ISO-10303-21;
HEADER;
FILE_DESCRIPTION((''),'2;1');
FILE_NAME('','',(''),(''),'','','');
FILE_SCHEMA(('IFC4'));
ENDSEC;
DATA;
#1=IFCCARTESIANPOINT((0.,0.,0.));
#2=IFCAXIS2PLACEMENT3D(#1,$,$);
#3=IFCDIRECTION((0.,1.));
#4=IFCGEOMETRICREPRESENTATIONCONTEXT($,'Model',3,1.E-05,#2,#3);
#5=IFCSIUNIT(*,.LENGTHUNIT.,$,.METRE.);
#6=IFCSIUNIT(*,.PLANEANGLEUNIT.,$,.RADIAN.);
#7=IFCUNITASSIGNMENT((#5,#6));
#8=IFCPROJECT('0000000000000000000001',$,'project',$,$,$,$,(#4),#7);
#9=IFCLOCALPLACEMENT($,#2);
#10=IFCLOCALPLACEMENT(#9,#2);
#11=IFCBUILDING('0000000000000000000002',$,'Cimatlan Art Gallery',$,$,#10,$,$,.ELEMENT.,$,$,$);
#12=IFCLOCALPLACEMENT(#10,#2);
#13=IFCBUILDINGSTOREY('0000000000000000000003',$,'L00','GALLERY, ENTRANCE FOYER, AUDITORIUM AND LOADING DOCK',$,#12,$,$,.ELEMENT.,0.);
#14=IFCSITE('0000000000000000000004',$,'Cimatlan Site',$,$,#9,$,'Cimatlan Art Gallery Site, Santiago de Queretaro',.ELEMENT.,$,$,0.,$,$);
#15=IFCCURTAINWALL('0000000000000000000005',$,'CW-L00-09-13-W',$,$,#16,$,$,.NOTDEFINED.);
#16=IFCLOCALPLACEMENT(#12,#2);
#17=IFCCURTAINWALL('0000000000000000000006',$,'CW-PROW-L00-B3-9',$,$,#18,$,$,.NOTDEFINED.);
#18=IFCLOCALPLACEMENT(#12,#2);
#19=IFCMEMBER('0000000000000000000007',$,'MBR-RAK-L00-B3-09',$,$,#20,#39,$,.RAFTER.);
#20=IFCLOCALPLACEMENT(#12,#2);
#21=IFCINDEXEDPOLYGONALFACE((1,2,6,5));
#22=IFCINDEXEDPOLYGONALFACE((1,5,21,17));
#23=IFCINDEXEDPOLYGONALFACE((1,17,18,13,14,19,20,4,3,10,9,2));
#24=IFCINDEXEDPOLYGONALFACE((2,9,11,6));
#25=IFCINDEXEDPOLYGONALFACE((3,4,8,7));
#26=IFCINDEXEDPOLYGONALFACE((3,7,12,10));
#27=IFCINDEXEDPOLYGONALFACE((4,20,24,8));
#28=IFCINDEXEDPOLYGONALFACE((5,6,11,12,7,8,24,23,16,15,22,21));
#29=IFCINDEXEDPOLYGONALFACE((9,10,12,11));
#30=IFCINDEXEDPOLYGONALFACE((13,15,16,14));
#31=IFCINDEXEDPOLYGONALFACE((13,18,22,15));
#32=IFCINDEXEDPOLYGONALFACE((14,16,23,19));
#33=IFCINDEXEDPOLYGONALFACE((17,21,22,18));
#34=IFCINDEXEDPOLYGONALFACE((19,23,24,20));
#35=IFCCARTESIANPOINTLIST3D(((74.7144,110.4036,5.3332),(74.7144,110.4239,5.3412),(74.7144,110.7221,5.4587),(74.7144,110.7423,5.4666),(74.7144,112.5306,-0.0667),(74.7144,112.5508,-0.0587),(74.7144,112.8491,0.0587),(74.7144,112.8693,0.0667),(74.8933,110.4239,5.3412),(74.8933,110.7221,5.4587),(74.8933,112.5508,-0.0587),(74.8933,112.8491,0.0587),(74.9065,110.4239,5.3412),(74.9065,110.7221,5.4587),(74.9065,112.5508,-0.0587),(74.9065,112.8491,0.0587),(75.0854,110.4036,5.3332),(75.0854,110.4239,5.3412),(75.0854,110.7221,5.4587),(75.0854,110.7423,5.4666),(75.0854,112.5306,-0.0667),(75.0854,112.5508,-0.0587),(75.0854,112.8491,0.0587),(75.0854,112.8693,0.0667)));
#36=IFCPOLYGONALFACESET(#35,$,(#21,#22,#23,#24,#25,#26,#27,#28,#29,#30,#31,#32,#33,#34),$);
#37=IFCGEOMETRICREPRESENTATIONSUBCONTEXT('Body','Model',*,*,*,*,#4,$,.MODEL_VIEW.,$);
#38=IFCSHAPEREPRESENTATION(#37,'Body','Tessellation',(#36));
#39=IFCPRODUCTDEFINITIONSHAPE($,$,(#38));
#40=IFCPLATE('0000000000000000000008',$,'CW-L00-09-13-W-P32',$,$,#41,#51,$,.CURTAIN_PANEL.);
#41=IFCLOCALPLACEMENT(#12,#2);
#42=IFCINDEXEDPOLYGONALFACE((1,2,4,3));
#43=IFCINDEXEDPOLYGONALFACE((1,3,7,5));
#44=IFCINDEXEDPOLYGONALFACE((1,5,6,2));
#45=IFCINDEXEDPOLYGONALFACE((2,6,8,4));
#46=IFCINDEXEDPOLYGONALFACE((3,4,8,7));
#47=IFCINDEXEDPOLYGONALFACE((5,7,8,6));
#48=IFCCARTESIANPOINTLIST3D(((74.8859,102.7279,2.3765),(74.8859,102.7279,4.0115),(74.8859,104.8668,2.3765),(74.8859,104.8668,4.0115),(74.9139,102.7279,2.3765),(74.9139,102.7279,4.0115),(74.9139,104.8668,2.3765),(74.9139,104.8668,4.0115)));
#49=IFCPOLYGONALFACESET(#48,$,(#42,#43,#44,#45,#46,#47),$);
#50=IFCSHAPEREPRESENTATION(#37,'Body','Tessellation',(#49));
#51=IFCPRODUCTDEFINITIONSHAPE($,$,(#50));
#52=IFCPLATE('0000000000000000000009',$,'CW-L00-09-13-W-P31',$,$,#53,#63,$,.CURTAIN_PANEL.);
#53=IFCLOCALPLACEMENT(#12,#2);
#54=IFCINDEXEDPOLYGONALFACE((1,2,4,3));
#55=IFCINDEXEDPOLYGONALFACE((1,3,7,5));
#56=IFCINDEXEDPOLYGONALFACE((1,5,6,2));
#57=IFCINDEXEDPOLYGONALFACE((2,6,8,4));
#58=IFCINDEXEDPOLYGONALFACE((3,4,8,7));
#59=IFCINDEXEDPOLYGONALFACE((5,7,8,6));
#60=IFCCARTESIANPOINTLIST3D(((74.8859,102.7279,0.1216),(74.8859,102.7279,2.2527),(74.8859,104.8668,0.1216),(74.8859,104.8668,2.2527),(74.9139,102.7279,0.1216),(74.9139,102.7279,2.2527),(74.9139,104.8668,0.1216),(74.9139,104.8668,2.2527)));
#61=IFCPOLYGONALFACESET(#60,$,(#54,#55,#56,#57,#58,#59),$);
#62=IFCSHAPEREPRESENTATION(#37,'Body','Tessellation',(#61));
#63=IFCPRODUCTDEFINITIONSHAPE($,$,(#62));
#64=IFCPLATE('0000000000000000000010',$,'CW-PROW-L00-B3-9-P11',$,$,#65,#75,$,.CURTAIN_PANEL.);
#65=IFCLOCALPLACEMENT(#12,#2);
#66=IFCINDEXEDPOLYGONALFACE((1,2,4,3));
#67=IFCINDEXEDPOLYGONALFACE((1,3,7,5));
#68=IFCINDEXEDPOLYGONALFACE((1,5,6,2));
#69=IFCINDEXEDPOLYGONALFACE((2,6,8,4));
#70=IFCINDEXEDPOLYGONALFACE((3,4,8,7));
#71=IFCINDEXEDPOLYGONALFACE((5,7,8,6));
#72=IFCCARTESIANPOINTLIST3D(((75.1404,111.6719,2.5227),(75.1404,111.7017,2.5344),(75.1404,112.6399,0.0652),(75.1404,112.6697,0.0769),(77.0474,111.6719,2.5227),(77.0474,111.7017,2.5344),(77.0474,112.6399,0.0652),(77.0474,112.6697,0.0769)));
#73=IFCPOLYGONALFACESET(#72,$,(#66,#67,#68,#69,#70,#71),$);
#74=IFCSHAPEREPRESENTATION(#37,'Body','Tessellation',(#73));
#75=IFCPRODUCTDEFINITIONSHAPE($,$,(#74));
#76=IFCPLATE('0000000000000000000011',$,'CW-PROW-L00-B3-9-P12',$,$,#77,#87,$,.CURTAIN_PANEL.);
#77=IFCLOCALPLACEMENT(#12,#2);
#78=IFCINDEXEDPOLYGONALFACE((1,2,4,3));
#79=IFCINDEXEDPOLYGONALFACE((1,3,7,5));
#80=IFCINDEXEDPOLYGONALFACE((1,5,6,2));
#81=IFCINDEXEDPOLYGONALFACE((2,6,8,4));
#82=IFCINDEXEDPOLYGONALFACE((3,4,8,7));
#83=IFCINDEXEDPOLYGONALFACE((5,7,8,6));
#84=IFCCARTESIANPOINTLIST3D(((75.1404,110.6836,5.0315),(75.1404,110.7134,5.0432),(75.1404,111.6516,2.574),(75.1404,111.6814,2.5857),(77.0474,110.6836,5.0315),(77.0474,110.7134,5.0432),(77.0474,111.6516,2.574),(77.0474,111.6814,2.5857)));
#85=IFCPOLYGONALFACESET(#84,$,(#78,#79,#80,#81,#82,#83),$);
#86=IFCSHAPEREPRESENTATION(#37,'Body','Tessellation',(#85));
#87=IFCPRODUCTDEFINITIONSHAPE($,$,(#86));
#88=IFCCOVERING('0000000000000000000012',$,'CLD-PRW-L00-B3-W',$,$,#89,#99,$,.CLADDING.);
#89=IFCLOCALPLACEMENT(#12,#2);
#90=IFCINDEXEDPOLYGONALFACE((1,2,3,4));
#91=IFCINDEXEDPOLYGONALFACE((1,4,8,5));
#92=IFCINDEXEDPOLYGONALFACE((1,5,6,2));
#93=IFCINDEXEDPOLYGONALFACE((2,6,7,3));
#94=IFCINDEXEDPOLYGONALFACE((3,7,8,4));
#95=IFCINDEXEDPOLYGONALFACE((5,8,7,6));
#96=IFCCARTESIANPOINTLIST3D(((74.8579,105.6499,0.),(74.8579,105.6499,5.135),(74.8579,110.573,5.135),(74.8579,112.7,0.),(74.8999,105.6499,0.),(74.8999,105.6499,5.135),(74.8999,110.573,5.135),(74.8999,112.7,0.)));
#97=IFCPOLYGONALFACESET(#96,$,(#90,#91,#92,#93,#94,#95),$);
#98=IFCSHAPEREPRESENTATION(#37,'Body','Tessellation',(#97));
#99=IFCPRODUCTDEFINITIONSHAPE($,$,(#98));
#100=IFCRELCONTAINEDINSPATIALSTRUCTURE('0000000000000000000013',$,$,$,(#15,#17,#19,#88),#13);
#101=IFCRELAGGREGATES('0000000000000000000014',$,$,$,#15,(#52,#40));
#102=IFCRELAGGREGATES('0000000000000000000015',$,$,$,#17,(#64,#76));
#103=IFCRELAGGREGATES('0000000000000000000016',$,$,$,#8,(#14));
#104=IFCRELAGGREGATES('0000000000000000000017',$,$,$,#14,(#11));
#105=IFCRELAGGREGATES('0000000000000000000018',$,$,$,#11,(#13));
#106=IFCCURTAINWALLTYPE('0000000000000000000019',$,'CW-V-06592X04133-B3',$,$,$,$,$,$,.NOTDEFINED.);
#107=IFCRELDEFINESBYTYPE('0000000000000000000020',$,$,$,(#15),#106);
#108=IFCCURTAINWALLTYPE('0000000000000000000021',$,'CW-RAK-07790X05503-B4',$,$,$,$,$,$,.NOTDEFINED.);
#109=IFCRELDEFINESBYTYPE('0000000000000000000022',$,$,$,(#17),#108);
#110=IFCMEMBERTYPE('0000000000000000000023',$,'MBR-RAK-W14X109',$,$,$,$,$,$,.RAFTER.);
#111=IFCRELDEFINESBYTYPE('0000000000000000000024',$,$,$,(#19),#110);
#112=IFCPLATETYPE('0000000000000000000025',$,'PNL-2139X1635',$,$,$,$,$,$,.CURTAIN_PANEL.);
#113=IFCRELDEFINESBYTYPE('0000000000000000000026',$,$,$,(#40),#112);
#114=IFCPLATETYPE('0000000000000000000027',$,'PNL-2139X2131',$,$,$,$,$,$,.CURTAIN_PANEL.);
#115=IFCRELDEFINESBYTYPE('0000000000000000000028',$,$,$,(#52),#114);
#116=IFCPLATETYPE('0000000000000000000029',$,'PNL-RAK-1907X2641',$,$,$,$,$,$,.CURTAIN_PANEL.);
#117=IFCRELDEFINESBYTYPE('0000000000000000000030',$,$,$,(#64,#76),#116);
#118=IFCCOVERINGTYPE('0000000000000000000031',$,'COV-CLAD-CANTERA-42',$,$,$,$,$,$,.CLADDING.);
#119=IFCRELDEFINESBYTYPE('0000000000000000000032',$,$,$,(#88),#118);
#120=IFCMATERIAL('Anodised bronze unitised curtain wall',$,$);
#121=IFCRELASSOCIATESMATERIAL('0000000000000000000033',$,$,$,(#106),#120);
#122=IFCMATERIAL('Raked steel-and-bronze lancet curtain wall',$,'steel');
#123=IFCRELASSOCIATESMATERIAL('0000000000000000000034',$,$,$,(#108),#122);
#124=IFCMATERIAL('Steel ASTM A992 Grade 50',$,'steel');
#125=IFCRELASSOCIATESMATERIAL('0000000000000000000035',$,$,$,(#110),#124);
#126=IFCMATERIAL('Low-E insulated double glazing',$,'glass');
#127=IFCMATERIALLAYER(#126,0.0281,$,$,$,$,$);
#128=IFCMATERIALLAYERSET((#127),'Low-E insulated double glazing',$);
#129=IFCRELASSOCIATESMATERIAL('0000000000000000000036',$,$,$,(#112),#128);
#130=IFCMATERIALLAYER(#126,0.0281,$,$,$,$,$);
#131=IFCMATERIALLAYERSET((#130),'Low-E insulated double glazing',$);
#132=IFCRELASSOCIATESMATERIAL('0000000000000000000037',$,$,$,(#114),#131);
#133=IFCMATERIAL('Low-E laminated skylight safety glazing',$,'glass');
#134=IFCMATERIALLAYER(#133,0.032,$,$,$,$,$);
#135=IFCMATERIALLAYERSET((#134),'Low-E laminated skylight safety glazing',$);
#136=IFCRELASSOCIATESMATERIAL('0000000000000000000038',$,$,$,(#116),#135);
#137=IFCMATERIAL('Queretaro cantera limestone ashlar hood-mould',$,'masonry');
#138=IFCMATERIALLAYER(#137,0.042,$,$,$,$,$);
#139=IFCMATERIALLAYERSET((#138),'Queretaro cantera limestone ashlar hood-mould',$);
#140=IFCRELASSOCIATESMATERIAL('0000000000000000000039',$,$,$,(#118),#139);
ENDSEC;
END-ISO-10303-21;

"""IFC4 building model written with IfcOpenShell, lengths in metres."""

from ifc_helpers import new_model, si_unit, direction, frame, origin, origin_2d, place, context, subcontext, project, spatial, polyline, rectangle, i_section, outline, extrude, material, layer, layer_set, material_profile, profile_set, type_object, element, aggregate, save


model = new_model("IFC4")

# Units and contexts
model_context = context("Model", 3, precision=1e-05, world=origin(), true_north=direction((0.0, 1.0)))
body_context = subcontext(model_context, "Body", "Model", "MODEL_VIEW")
ifc_project = project(units=[si_unit("LENGTHUNIT", "METRE"), si_unit("PLANEANGLEUNIT", "RADIAN")], contexts=[model_context])

# Site, building, storey
site_placement = place(None, origin())
site = spatial("IfcSite", under=ifc_project, at=site_placement, Name="Cimatlan Site", LongName="Cimatlan Art Gallery Site, Santiago de Queretaro", CompositionType="ELEMENT", RefElevation=0.0)
building_placement = place(site_placement, origin())
building = spatial("IfcBuilding", under=site, at=building_placement, Name="Cimatlan Art Gallery", CompositionType="ELEMENT")
storey_placement = place(building_placement, origin())
storey = spatial("IfcBuildingStorey", under=building, at=storey_placement, Name="L00", Description="GALLERY, ENTRANCE FOYER, AUDITORIUM AND LOADING DOCK", CompositionType="ELEMENT", Elevation=0.0)

# Shared definitions
ifc_material_1 = material(Name="Steel ASTM A992 Grade 50", Category="steel")

# Curtain walls
ifc_material_2 = material(Name="Anodised bronze unitised curtain wall")
curtain_wall_type_1 = type_object("IfcCurtainWallType", Name="CW-V-06592X04133-B3", PredefinedType="NOTDEFINED", material=ifc_material_2)
curtain_wall_1_placement = place(storey_placement, origin())
curtain_wall_1 = element("IfcCurtainWall", 1, at=curtain_wall_1_placement, inside=storey, type_object=curtain_wall_type_1, Name="CW-L00-09-13-W", PredefinedType="NOTDEFINED")
ifc_material_3 = material(Name="Raked steel-and-bronze lancet curtain wall", Category="steel")
curtain_wall_type_2 = type_object("IfcCurtainWallType", Name="CW-RAK-07790X05503-B4", PredefinedType="NOTDEFINED", material=ifc_material_3)
curtain_wall_2_placement = place(storey_placement, origin())
curtain_wall_2 = element("IfcCurtainWall", 2, at=curtain_wall_2_placement, inside=storey, type_object=curtain_wall_type_2, Name="CW-PROW-L00-B3-9", PredefinedType="NOTDEFINED")

# Member
ifc_material_profile_1 = material_profile(ifc_material_1, i_section(OverallWidth=0.3711, OverallDepth=0.364, WebThickness=0.0132, FlangeThickness=0.0217, at=origin_2d()), Name="W14X109")
ifc_profile_set_1 = profile_set([ifc_material_profile_1], Name="Steel ASTM A992 Grade 50")
member_type_1 = type_object("IfcMemberType", Name="MBR-RAK-W14X109", PredefinedType="RAFTER", material=ifc_profile_set_1)
member_1_placement = place(storey_placement, frame((74.8999, 112.7, 0.0), z_axis=(0.0, -0.366483, 0.930425), x_axis=(1.0, 0.0, 0.0)))
element("IfcMember", 3, at=member_1_placement, inside=storey, type_object=member_type_1, Name="MBR-RAK-L00-B3-09", PredefinedType="RAFTER", context=body_context, shape_type="SweptSolid", body=[
    extrude(i_section(OverallWidth=0.3711, OverallDepth=0.364, WebThickness=0.0132, FlangeThickness=0.0217, at=origin_2d()), origin(), (0.0, 0.0, 1.0), 5.8037),
])

# Plates
ifc_material_4 = material(Name="Low-E insulated double glazing", Category="glass")
ifc_layer_1 = layer(ifc_material_4, 0.0281)
ifc_layer_set_1 = layer_set([ifc_layer_1], Name="Low-E insulated double glazing")
plate_type_1 = type_object("IfcPlateType", Name="PNL-2139X1635", PredefinedType="CURTAIN_PANEL", material=ifc_layer_set_1)
plate_1_placement = place(storey_placement, frame((74.8999, 103.7974, 2.3765), z_axis=(0.0, 0.0, 1.0), x_axis=(0.0, 1.0, 0.0)))
plate_1 = element("IfcPlate", 4, at=plate_1_placement, type_object=plate_type_1, Name="CW-L00-09-13-W-P32", PredefinedType="CURTAIN_PANEL", context=body_context, shape_type="SweptSolid", body=[
    extrude(rectangle(XDim=2.1389, YDim=0.0281, at=origin_2d()), origin(), (0.0, 0.0, 1.0), 1.635),
])
ifc_layer_2 = layer(ifc_material_4, 0.0281)
ifc_layer_set_2 = layer_set([ifc_layer_2], Name="Low-E insulated double glazing")
plate_type_2 = type_object("IfcPlateType", Name="PNL-2139X2131", PredefinedType="CURTAIN_PANEL", material=ifc_layer_set_2)
plate_2_placement = place(storey_placement, frame((74.8999, 103.7974, 0.1216), z_axis=(0.0, 0.0, 1.0), x_axis=(0.0, 1.0, 0.0)))
plate_2 = element("IfcPlate", 5, at=plate_2_placement, type_object=plate_type_2, Name="CW-L00-09-13-W-P31", PredefinedType="CURTAIN_PANEL", context=body_context, shape_type="SweptSolid", body=[
    extrude(rectangle(XDim=2.1389, YDim=0.0281, at=origin_2d()), origin(), (0.0, 0.0, 1.0), 2.1311),
])
aggregate(curtain_wall_1, [plate_2, plate_1])
ifc_material_5 = material(Name="Low-E laminated skylight safety glazing", Category="glass")
ifc_layer_3 = layer(ifc_material_5, 0.032)
ifc_layer_set_3 = layer_set([ifc_layer_3], Name="Low-E laminated skylight safety glazing")
plate_type_3 = type_object("IfcPlateType", Name="PNL-RAK-1907X2641", PredefinedType="CURTAIN_PANEL", material=ifc_layer_set_3)
plate_3_placement = place(storey_placement, frame((75.1404, 112.6697, 0.0769), z_axis=(0.0, 0.930421, 0.366493), x_axis=(1.0, 0.0, 0.0)))
plate_3 = element("IfcPlate", 6, at=plate_3_placement, type_object=plate_type_3, Name="CW-PROW-L00-B3-9-P11", PredefinedType="CURTAIN_PANEL", context=body_context, shape_type="SweptSolid", body=[
    extrude(outline(polyline([(0.0, 0.0), (1.907, 0.0), (1.907, -2.6413), (0.0, -2.6413), (0.0, 0.0)])), origin(), (0.0, 0.0, -1.0), 0.032),
])
plate_4_placement = place(storey_placement, frame((75.1404, 111.6814, 2.5857), z_axis=(0.0, 0.930421, 0.366493), x_axis=(1.0, 0.0, 0.0)))
plate_4 = element("IfcPlate", 7, at=plate_4_placement, type_object=plate_type_3, Name="CW-PROW-L00-B3-9-P12", PredefinedType="CURTAIN_PANEL", context=body_context, shape_type="SweptSolid", body=[
    extrude(outline(polyline([(0.0, 0.0), (1.907, 0.0), (1.907, -2.6413), (0.0, -2.6413), (0.0, 0.0)])), origin(), (0.0, 0.0, -1.0), 0.032),
])
aggregate(curtain_wall_2, [plate_3, plate_4])

# Covering
ifc_material_6 = material(Name="Queretaro cantera limestone ashlar hood-mould", Category="masonry")
ifc_layer_4 = layer(ifc_material_6, 0.042)
ifc_layer_set_4 = layer_set([ifc_layer_4], Name="Queretaro cantera limestone ashlar hood-mould")
covering_type = type_object("IfcCoveringType", Name="COV-CLAD-CANTERA-42", PredefinedType="CLADDING", material=ifc_layer_set_4)
covering_placement = place(storey_placement, frame((74.8999, 105.6499, 0.0), z_axis=(1.0, 0.0, 0.0), x_axis=(0.0, 1.0, 0.0)))
element("IfcCovering", 8, at=covering_placement, inside=storey, type_object=covering_type, Name="CLD-PRW-L00-B3-W", PredefinedType="CLADDING", context=body_context, shape_type="SweptSolid", body=[
    extrude(outline(polyline([(0.0, 0.0), (7.05, 0.0), (4.9231, 5.135), (0.0, 5.135), (0.0, 0.0)])), origin(), (0.0, 0.0, -1.0), 0.042),
])

save(model, "model.ifc")
